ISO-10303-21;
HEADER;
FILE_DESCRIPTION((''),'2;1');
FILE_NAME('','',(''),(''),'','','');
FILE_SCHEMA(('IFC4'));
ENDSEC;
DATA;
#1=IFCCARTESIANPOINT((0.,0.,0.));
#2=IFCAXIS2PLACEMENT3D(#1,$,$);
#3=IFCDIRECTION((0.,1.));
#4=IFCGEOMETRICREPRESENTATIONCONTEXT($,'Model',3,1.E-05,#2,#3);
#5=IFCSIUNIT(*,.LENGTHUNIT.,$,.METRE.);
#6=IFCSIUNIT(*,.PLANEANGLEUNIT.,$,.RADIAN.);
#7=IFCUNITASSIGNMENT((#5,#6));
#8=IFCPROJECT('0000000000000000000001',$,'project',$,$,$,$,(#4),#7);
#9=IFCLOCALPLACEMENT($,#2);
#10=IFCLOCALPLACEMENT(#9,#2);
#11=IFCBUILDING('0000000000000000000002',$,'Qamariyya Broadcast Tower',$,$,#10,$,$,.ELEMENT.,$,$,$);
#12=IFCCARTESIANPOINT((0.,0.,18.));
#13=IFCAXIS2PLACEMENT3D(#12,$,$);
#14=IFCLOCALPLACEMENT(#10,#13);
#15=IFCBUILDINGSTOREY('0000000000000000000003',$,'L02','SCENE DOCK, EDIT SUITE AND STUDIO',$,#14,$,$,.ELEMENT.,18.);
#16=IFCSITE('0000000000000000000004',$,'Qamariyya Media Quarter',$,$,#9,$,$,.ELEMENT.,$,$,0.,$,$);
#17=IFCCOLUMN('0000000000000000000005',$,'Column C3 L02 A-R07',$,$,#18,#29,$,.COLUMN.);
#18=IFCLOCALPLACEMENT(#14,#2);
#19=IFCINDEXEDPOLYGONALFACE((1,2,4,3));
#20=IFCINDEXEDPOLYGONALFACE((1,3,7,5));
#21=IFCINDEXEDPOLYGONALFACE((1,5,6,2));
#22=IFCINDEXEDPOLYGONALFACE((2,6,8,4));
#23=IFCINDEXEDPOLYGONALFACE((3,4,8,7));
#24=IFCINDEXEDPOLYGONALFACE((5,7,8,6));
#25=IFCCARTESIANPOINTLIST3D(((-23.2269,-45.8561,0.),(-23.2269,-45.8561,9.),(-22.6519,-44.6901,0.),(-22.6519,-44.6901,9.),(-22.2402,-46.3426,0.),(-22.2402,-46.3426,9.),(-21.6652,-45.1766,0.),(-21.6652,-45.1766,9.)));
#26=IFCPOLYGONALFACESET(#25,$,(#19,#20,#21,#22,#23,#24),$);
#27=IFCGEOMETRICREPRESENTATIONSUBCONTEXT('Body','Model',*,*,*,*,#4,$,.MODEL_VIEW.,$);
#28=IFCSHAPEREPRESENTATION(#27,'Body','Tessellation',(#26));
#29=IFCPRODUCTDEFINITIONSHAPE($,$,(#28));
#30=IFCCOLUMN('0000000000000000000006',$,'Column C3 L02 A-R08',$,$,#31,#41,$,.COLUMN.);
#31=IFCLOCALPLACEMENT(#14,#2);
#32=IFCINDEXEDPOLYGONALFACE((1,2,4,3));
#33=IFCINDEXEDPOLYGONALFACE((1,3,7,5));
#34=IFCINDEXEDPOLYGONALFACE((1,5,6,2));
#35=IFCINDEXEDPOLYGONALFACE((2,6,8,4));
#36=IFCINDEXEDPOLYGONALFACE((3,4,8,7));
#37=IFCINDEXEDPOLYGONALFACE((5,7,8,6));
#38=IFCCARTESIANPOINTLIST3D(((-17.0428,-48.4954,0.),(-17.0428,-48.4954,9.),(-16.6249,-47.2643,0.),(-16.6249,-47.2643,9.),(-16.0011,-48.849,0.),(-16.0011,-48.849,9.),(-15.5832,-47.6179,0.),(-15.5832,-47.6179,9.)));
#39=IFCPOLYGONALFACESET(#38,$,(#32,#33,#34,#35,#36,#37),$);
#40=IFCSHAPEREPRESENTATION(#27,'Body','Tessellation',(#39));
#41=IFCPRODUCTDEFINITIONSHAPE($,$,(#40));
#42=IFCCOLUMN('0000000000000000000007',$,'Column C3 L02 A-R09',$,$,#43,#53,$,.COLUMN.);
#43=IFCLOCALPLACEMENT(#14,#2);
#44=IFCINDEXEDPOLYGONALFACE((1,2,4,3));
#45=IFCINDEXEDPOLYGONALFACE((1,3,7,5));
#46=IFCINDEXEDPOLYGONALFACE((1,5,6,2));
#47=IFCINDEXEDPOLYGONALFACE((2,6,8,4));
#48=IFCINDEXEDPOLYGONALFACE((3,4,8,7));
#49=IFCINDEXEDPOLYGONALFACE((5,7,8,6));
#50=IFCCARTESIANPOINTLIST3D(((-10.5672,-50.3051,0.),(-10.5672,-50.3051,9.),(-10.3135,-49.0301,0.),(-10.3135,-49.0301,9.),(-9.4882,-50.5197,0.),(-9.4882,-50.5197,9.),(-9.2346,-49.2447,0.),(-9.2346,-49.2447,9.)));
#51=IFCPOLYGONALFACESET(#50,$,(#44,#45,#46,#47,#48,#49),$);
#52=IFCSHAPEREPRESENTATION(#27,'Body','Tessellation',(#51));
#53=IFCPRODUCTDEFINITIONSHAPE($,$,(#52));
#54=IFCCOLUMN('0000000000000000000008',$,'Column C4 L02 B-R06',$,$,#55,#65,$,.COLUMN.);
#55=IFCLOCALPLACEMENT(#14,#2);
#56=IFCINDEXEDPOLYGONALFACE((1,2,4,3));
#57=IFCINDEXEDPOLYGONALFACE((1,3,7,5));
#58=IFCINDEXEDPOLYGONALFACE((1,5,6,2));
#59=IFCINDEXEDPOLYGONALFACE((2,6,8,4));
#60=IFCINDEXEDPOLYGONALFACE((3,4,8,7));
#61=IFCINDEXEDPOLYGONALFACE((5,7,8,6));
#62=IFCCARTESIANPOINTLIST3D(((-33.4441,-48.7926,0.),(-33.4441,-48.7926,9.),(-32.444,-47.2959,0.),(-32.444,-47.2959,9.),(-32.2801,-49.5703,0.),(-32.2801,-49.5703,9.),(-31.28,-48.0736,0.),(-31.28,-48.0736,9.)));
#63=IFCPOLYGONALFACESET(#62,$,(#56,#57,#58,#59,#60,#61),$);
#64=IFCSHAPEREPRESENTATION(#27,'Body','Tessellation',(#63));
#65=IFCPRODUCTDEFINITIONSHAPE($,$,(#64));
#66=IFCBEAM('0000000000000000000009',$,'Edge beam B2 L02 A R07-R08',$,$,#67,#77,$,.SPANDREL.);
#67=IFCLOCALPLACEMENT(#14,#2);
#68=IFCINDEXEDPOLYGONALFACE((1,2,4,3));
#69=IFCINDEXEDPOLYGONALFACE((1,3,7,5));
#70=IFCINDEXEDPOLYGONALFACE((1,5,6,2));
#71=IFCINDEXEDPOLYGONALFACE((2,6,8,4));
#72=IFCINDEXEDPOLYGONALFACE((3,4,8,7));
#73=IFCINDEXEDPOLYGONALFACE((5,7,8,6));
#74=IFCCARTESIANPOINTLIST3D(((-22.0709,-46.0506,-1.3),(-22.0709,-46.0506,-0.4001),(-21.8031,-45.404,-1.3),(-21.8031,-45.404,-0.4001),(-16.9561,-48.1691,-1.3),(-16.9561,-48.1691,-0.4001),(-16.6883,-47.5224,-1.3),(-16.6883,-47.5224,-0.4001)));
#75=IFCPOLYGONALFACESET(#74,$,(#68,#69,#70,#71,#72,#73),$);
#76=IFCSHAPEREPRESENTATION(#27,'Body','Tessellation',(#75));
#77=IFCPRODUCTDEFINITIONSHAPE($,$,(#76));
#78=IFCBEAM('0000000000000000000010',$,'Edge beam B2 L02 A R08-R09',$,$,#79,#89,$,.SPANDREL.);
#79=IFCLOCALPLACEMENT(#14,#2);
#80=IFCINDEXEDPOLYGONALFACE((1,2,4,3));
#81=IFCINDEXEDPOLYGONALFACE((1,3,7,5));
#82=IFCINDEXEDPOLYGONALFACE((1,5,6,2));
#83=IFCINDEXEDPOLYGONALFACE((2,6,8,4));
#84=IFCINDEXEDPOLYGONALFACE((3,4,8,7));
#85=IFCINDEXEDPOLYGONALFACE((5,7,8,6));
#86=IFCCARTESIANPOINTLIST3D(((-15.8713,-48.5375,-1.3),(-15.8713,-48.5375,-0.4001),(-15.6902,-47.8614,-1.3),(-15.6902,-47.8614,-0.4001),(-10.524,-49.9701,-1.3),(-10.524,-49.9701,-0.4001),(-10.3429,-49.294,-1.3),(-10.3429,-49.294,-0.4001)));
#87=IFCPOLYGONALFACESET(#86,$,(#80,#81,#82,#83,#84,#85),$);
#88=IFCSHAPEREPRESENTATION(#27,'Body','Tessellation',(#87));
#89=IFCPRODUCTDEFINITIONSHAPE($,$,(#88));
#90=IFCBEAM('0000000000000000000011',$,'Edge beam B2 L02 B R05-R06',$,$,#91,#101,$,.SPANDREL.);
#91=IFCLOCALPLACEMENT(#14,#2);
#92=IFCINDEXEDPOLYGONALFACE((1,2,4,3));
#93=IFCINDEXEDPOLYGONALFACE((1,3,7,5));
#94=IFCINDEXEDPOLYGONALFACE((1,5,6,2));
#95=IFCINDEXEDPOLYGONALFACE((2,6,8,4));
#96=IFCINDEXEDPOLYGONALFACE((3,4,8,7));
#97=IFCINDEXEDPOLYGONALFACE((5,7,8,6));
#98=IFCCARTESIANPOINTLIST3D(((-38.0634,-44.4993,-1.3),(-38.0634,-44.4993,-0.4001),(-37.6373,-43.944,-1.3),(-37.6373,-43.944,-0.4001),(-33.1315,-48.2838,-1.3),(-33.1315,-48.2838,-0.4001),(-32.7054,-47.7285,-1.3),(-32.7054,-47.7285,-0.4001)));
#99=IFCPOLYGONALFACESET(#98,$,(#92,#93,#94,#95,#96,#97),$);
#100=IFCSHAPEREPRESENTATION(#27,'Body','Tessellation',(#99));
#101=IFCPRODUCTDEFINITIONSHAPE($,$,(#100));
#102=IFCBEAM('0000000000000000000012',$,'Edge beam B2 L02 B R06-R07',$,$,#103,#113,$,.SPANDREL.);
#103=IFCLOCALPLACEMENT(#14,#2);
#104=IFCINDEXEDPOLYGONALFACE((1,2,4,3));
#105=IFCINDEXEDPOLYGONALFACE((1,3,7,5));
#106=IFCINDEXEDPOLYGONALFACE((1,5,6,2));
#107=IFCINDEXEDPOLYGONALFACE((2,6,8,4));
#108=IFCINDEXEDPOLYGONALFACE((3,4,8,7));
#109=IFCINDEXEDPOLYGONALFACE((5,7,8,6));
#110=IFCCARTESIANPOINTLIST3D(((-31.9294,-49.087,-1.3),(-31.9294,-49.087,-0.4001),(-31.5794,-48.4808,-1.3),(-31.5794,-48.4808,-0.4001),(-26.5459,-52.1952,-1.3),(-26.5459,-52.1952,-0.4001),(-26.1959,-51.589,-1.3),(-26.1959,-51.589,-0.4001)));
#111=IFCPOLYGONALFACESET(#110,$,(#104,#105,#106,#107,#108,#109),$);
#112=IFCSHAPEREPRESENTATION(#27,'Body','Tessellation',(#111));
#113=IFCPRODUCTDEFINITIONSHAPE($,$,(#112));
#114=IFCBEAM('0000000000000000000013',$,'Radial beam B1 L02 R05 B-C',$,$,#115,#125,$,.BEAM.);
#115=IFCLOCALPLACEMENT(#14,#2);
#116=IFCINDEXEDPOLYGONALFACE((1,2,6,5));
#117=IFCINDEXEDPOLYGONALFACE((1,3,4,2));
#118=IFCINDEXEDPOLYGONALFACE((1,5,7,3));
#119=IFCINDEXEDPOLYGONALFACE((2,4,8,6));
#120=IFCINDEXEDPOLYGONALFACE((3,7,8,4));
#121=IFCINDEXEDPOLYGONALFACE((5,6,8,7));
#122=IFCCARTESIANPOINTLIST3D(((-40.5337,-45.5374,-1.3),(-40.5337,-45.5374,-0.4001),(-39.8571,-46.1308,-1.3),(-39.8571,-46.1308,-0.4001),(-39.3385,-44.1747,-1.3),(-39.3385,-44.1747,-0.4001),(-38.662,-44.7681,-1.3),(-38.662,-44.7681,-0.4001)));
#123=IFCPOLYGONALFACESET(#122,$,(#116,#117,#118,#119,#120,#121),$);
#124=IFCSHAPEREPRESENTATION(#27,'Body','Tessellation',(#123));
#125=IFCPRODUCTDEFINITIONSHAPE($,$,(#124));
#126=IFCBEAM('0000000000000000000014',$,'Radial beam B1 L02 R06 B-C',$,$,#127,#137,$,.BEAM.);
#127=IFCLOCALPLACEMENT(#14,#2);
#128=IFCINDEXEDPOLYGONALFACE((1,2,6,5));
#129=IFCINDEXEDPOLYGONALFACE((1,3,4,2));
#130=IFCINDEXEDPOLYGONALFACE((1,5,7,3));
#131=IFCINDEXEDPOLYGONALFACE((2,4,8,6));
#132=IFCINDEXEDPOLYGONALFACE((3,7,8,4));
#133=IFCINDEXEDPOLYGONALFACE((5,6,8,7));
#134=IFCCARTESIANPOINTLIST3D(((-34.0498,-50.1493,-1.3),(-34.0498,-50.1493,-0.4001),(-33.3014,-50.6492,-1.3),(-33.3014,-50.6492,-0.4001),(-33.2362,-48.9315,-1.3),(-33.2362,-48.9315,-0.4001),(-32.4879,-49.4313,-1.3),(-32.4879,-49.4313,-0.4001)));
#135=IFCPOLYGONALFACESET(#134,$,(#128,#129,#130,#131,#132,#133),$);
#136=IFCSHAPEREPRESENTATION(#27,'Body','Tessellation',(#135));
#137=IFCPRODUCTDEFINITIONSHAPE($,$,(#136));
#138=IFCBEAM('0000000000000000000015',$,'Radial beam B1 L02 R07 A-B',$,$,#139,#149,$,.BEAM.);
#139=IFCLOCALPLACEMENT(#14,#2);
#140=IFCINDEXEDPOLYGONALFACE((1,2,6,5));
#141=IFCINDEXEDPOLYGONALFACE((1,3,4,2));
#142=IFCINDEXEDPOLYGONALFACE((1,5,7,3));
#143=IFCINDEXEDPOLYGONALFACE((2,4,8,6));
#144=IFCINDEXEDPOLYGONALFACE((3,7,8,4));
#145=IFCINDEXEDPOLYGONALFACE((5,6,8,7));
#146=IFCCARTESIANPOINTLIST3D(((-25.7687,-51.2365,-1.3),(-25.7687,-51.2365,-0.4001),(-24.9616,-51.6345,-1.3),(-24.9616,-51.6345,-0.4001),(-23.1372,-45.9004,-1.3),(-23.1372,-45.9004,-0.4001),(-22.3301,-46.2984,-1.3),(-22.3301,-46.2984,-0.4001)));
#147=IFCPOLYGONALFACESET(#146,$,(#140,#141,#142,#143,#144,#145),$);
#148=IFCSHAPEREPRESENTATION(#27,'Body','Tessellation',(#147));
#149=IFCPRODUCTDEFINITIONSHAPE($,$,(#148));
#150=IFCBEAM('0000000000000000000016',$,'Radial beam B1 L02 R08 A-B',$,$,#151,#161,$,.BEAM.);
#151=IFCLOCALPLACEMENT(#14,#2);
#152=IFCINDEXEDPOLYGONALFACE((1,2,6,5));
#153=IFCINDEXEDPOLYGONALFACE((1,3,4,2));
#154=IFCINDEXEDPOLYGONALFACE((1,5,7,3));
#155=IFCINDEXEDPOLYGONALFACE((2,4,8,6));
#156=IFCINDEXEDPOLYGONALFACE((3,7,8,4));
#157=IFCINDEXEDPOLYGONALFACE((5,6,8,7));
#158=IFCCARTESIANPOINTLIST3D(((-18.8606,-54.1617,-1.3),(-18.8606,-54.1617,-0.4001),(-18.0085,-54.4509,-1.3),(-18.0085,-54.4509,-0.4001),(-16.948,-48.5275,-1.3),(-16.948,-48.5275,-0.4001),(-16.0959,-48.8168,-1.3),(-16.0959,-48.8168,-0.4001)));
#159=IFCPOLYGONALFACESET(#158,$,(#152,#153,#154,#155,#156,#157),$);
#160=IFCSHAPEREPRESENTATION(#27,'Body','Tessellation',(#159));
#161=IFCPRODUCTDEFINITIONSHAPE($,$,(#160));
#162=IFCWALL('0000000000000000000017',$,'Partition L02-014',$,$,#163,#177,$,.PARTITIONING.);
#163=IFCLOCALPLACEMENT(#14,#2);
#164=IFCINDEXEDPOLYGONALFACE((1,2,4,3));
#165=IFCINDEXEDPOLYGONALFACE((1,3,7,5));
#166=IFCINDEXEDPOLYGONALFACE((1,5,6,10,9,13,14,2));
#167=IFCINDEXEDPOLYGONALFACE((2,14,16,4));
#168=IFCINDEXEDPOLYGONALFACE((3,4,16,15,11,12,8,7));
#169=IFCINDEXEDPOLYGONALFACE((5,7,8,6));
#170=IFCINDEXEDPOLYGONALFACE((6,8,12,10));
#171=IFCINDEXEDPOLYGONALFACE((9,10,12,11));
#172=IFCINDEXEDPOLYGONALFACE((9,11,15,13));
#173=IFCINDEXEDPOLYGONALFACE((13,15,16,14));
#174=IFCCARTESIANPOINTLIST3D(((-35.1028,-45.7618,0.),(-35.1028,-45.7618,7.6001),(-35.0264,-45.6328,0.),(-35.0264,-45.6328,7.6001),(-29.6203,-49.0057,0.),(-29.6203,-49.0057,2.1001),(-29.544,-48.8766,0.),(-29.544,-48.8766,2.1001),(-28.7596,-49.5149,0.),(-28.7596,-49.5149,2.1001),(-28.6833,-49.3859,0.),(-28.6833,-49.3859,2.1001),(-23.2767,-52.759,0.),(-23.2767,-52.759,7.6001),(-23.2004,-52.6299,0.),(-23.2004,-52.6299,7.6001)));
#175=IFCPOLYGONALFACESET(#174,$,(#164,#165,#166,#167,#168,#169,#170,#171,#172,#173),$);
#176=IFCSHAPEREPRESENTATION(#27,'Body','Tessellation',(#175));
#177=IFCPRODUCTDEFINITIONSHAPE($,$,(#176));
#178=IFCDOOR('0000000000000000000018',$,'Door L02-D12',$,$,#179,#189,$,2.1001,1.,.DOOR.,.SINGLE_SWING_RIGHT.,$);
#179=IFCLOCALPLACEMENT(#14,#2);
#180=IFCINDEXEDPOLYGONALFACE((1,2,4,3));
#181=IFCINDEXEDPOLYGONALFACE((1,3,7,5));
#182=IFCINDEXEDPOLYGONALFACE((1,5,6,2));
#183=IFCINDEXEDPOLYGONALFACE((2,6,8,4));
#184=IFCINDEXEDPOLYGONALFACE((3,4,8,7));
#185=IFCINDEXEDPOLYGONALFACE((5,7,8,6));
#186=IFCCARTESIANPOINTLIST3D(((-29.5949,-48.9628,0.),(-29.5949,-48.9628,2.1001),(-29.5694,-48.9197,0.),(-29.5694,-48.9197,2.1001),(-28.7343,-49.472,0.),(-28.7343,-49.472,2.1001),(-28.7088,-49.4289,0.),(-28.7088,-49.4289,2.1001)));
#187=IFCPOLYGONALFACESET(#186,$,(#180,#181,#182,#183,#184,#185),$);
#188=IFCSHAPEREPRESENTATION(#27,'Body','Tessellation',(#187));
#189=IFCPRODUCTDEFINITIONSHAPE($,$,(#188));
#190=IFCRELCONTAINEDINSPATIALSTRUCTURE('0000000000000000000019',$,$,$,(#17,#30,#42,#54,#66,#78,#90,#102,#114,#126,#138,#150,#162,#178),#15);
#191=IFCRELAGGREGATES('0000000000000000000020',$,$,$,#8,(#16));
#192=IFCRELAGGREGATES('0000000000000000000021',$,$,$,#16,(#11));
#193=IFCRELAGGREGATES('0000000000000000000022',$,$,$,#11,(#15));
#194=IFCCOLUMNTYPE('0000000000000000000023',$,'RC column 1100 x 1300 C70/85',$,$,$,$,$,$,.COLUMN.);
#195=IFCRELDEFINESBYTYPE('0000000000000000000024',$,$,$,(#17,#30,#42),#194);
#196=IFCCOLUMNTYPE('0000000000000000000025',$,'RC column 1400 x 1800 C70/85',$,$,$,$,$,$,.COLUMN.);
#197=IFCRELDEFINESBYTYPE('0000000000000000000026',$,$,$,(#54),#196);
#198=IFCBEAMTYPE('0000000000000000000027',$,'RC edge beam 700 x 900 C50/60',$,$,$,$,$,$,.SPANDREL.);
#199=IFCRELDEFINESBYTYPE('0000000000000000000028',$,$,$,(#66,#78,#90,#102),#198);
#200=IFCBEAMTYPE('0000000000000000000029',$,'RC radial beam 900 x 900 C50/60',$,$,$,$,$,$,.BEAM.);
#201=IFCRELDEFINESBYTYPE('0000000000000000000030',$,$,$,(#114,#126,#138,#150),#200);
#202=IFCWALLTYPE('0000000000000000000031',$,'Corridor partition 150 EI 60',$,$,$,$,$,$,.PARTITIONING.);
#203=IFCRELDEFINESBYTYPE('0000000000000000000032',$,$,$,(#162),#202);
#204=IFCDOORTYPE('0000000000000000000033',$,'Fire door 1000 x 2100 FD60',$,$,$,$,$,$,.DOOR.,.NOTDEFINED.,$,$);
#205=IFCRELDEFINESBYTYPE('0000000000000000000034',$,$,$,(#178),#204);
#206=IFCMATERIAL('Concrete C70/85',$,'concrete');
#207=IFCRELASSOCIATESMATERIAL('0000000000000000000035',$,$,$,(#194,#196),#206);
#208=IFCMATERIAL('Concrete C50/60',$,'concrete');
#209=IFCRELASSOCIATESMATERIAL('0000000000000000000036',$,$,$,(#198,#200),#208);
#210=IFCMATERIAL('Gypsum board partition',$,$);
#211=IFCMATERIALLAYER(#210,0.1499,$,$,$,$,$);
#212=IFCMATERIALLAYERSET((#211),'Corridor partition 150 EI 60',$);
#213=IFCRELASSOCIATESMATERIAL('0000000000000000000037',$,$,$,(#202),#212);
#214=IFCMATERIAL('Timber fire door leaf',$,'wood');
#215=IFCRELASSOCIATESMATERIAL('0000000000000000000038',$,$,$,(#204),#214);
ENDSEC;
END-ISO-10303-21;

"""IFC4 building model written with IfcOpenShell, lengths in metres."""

from ifc_helpers import new_model, si_unit, direction, frame, frame_2d, origin, origin_2d, place, context, subcontext, project, spatial, rectangle, extrude, material, layer, layer_set, material_profile, profile_set, type_object, element, fill, save


model = new_model("IFC4")

# Units and contexts
model_context = context("Model", 3, precision=1e-05, world=origin(), true_north=direction((0.0, 1.0)))
body_context = subcontext(model_context, "Body", "Model", "MODEL_VIEW")
ifc_project = project(units=[si_unit("LENGTHUNIT", "METRE"), si_unit("PLANEANGLEUNIT", "RADIAN")], contexts=[model_context])

# Site, building, storey
site_placement = place(None, origin())
site = spatial("IfcSite", under=ifc_project, at=site_placement, Name="Qamariyya Media Quarter", CompositionType="ELEMENT", RefElevation=0.0)
building_placement = place(site_placement, origin())
building = spatial("IfcBuilding", under=site, at=building_placement, Name="Qamariyya Broadcast Tower", CompositionType="ELEMENT")
storey_placement = place(building_placement, frame((0.0, 0.0, 18.0)))
storey = spatial("IfcBuildingStorey", under=building, at=storey_placement, Name="L02", Description="SCENE DOCK, EDIT SUITE AND STUDIO", CompositionType="ELEMENT", Elevation=18.0)

# Columns
ifc_material_1 = material(Name="Concrete C70/85", Category="concrete")
ifc_material_profile_1 = material_profile(ifc_material_1, rectangle(XDim=1.1001, YDim=1.3, at=origin_2d()))
ifc_profile_set_1 = profile_set([ifc_material_profile_1], Name="Concrete C70/85")
column_type_1 = type_object("IfcColumnType", Name="RC column 1100 x 1300 C70/85", PredefinedType="COLUMN", material=ifc_profile_set_1)
for number, where, z_axis, x_axis, name in (
    (1, (-22.446, -45.5164, 0.0), (0.0, 0.0, 1.0), (0.896873, -0.442289, 0.0), "Column C3 L02 A-R07"),
    (2, (-16.313, -48.0566, 0.0), (0.0, 0.0, 1.0), (0.94693, -0.321439, 0.0), "Column C3 L02 A-R08"),
    (3, (-9.9009, -49.7749, 0.0), (0.0, 0.0, 1.0), (0.980785, -0.19509, 0.0), "Column C3 L02 A-R09"),
):
    element("IfcColumn", number, at=place(storey_placement, frame(where, z_axis=z_axis, x_axis=x_axis)), inside=storey, type_object=column_type_1, Name=name, PredefinedType="COLUMN", context=body_context, shape_type="SweptSolid", body=[
        extrude(rectangle(XDim=1.1001, YDim=1.3, at=origin_2d()), origin(), (0.0, 0.0, 1.0), 9.0),
    ])
ifc_material_profile_2 = material_profile(ifc_material_1, rectangle(XDim=1.3999, YDim=1.8, at=origin_2d()))
ifc_profile_set_2 = profile_set([ifc_material_profile_2], Name="Concrete C70/85")
column_type_2 = type_object("IfcColumnType", Name="RC column 1400 x 1800 C70/85", PredefinedType="COLUMN", material=ifc_profile_set_2)
column_placement = place(storey_placement, frame((-32.3621, -48.4331, 0.0), z_axis=(0.0, 0.0, 1.0), x_axis=(0.83147, -0.55557, 0.0)))
element("IfcColumn", 4, at=column_placement, inside=storey, type_object=column_type_2, Name="Column C4 L02 B-R06", PredefinedType="COLUMN", context=body_context, shape_type="SweptSolid", body=[
    extrude(rectangle(XDim=1.3999, YDim=1.8, at=origin_2d()), origin(), (0.0, 0.0, 1.0), 9.0),
])

# Beams
ifc_material_2 = material(Name="Concrete C50/60", Category="concrete")
ifc_material_profile_3 = material_profile(ifc_material_2, rectangle(XDim=0.7, YDim=0.8999, at=origin_2d()))
ifc_profile_set_3 = profile_set([ifc_material_profile_3], Name="Concrete C50/60")
beam_type_1 = type_object("IfcBeamType", Name="RC edge beam 700 x 900 C50/60", PredefinedType="SPANDREL", material=ifc_profile_set_3)
beam_1_placement = place(storey_placement, frame((-21.937, -45.7273, -0.8501), z_axis=(0.923892, -0.382654, 0.0), x_axis=(0.382654, 0.923892, 0.0)))
element("IfcBeam", 5, at=beam_1_placement, inside=storey, type_object=beam_type_1, Name="Edge beam B2 L02 A R07-R08", PredefinedType="SPANDREL", context=body_context, shape_type="SweptSolid", body=[
    extrude(rectangle(XDim=0.7, YDim=0.8999, at=origin_2d()), origin(), (0.0, 0.0, 1.0), 5.5361),
])
beam_2_placement = place(storey_placement, frame((-15.7808, -48.1995, -0.8501), z_axis=(0.965936, -0.258782, 0.0), x_axis=(0.258782, 0.965936, 0.0)))
element("IfcBeam", 6, at=beam_2_placement, inside=storey, type_object=beam_type_1, Name="Edge beam B2 L02 A R08-R09", PredefinedType="SPANDREL", context=body_context, shape_type="SweptSolid", body=[
    extrude(rectangle(XDim=0.7, YDim=0.8999, at=origin_2d()), origin(), (0.0, 0.0, 1.0), 5.5359),
])
beam_3_placement = place(storey_placement, frame((-37.8503, -44.2217, -0.8501), z_axis=(0.793349, -0.608767, 0.0), x_axis=(0.608767, 0.793349, 0.0)))
element("IfcBeam", 7, at=beam_3_placement, inside=storey, type_object=beam_type_1, Name="Edge beam B2 L02 B R05-R06", PredefinedType="SPANDREL", context=body_context, shape_type="SweptSolid", body=[
    extrude(rectangle(XDim=0.7, YDim=0.8999, at=origin_2d()), origin(), (0.0, 0.0, 1.0), 6.2166),
])
beam_4_placement = place(storey_placement, frame((-31.7544, -48.7839, -0.8501), z_axis=(0.866028, -0.499996, 0.0), x_axis=(0.499996, 0.866028, 0.0)))
element("IfcBeam", 8, at=beam_4_placement, inside=storey, type_object=beam_type_1, Name="Edge beam B2 L02 B R06-R07", PredefinedType="SPANDREL", context=body_context, shape_type="SweptSolid", body=[
    extrude(rectangle(XDim=0.7, YDim=0.8999, at=origin_2d()), origin(), (0.0, 0.0, 1.0), 6.2163),
])
ifc_material_profile_4 = material_profile(ifc_material_2, rectangle(XDim=0.8999, YDim=0.8999, at=origin_2d()))
ifc_profile_set_4 = profile_set([ifc_material_profile_4], Name="Concrete C50/60")
beam_type_2 = type_object("IfcBeamType", Name="RC radial beam 900 x 900 C50/60", PredefinedType="BEAM", material=ifc_profile_set_4)
beam_5_placement = place(storey_placement, frame((-39.0002, -44.4714, -0.8501), z_axis=(-0.659391, -0.7518, 0.0), x_axis=(0.7518, -0.659391, 0.0)))
element("IfcBeam", 9, at=beam_5_placement, inside=storey, type_object=beam_type_2, Name="Radial beam B1 L02 R05 B-C", PredefinedType="BEAM", context=body_context, shape_type="SweptSolid", body=[
    extrude(rectangle(XDim=0.8999, YDim=0.8999, at=origin_2d()), origin(), (0.0, 0.0, 1.0), 1.8125),
])
beam_6_placement = place(storey_placement, frame((-32.8621, -49.1814, -0.8501), z_axis=(-0.555469, -0.831537, 0.0), x_axis=(0.831537, -0.555469, 0.0)))
element("IfcBeam", 10, at=beam_6_placement, inside=storey, type_object=beam_type_2, Name="Radial beam B1 L02 R06 B-C", PredefinedType="BEAM", context=body_context, shape_type="SweptSolid", body=[
    extrude(rectangle(XDim=0.8999, YDim=0.8999, at=origin_2d()), origin(), (0.0, 0.0, 1.0), 1.4646),
])
beam_7_placement = place(storey_placement, frame((-22.7336, -46.0994, -0.8501), z_axis=(-0.442299, -0.896868, 0.0), x_axis=(0.896868, -0.442299, 0.0)))
element("IfcBeam", 11, at=beam_7_placement, inside=storey, type_object=beam_type_2, Name="Radial beam B1 L02 R07 A-B", PredefinedType="BEAM", context=body_context, shape_type="SweptSolid", body=[
    extrude(rectangle(XDim=0.8999, YDim=0.8999, at=origin_2d()), origin(), (0.0, 0.0, 1.0), 5.9497),
])
beam_8_placement = place(storey_placement, frame((-16.522, -48.6721, -0.8501), z_axis=(-0.321442, -0.946929, 0.0), x_axis=(0.946929, -0.321442, 0.0)))
element("IfcBeam", 12, at=beam_8_placement, inside=storey, type_object=beam_type_2, Name="Radial beam B1 L02 R08 A-B", PredefinedType="BEAM", context=body_context, shape_type="SweptSolid", body=[
    extrude(rectangle(XDim=0.8999, YDim=0.8999, at=origin_2d()), origin(), (0.0, 0.0, 1.0), 5.95),
])

# Wall, opening, door
ifc_material_3 = material(Name="Gypsum board partition")
ifc_layer_1 = layer(ifc_material_3, 0.1499)
ifc_layer_set_1 = layer_set([ifc_layer_1], Name="Corridor partition 150 EI 60")
wall_type_1 = type_object("IfcWallType", Name="Corridor partition 150 EI 60", PredefinedType="PARTITIONING", material=ifc_layer_set_1)
wall_1_placement = place(storey_placement, frame((-35.0647, -45.6973, 0.0), z_axis=(0.0, 0.0, 1.0), x_axis=(0.860639, -0.509216, 0.0)))
wall_1 = element("IfcWall", 13, at=wall_1_placement, inside=storey, type_object=wall_type_1, Name="Partition L02-014", PredefinedType="PARTITIONING", context=body_context, shape_type="SweptSolid", body=[
    extrude(rectangle(XDim=13.741, YDim=0.1499, at=frame_2d((6.8706, 0.0))), origin(), (0.0, 0.0, 1.0), 7.6001),
])
opening_placement = place(wall_1_placement, frame((6.3704, 0.0, 0.0)))
opening = element("IfcOpeningElement", 14, at=opening_placement, cuts=wall_1, PredefinedType="OPENING", context=body_context, shape_type="SweptSolid", body=[
    extrude(rectangle(XDim=1.0, YDim=2.1001, at=frame_2d((0.5, 1.05))), frame((0.0, 0.085, 0.0), z_axis=(0.0, -1.0, 0.0), x_axis=(1.0, 0.0, 0.0)), (0.0, 0.0, 1.0), 0.1699),
])
ifc_material_4 = material(Name="Timber fire door leaf", Category="wood")
door_type = type_object("IfcDoorType", Name="Fire door 1000 x 2100 FD60", OperationType="NOTDEFINED", PredefinedType="DOOR", material=ifc_material_4)
door_placement = place(opening_placement, origin())
door = element("IfcDoor", 15, at=door_placement, inside=storey, type_object=door_type, Name="Door L02-D12", OperationType="SINGLE_SWING_RIGHT", OverallHeight=2.1001, OverallWidth=1.0, PredefinedType="DOOR", context=body_context, shape_type="SweptSolid", body=[
    extrude(rectangle(XDim=1.0, YDim=2.1001, at=frame_2d((0.5, 1.05))), frame((0.0, 0.0249, 0.0), z_axis=(0.0, -1.0, 0.0), x_axis=(1.0, 0.0, 0.0)), (0.0, 0.0, 1.0), 0.05),
])
fill(opening, door)

save(model, "model.ifc")
